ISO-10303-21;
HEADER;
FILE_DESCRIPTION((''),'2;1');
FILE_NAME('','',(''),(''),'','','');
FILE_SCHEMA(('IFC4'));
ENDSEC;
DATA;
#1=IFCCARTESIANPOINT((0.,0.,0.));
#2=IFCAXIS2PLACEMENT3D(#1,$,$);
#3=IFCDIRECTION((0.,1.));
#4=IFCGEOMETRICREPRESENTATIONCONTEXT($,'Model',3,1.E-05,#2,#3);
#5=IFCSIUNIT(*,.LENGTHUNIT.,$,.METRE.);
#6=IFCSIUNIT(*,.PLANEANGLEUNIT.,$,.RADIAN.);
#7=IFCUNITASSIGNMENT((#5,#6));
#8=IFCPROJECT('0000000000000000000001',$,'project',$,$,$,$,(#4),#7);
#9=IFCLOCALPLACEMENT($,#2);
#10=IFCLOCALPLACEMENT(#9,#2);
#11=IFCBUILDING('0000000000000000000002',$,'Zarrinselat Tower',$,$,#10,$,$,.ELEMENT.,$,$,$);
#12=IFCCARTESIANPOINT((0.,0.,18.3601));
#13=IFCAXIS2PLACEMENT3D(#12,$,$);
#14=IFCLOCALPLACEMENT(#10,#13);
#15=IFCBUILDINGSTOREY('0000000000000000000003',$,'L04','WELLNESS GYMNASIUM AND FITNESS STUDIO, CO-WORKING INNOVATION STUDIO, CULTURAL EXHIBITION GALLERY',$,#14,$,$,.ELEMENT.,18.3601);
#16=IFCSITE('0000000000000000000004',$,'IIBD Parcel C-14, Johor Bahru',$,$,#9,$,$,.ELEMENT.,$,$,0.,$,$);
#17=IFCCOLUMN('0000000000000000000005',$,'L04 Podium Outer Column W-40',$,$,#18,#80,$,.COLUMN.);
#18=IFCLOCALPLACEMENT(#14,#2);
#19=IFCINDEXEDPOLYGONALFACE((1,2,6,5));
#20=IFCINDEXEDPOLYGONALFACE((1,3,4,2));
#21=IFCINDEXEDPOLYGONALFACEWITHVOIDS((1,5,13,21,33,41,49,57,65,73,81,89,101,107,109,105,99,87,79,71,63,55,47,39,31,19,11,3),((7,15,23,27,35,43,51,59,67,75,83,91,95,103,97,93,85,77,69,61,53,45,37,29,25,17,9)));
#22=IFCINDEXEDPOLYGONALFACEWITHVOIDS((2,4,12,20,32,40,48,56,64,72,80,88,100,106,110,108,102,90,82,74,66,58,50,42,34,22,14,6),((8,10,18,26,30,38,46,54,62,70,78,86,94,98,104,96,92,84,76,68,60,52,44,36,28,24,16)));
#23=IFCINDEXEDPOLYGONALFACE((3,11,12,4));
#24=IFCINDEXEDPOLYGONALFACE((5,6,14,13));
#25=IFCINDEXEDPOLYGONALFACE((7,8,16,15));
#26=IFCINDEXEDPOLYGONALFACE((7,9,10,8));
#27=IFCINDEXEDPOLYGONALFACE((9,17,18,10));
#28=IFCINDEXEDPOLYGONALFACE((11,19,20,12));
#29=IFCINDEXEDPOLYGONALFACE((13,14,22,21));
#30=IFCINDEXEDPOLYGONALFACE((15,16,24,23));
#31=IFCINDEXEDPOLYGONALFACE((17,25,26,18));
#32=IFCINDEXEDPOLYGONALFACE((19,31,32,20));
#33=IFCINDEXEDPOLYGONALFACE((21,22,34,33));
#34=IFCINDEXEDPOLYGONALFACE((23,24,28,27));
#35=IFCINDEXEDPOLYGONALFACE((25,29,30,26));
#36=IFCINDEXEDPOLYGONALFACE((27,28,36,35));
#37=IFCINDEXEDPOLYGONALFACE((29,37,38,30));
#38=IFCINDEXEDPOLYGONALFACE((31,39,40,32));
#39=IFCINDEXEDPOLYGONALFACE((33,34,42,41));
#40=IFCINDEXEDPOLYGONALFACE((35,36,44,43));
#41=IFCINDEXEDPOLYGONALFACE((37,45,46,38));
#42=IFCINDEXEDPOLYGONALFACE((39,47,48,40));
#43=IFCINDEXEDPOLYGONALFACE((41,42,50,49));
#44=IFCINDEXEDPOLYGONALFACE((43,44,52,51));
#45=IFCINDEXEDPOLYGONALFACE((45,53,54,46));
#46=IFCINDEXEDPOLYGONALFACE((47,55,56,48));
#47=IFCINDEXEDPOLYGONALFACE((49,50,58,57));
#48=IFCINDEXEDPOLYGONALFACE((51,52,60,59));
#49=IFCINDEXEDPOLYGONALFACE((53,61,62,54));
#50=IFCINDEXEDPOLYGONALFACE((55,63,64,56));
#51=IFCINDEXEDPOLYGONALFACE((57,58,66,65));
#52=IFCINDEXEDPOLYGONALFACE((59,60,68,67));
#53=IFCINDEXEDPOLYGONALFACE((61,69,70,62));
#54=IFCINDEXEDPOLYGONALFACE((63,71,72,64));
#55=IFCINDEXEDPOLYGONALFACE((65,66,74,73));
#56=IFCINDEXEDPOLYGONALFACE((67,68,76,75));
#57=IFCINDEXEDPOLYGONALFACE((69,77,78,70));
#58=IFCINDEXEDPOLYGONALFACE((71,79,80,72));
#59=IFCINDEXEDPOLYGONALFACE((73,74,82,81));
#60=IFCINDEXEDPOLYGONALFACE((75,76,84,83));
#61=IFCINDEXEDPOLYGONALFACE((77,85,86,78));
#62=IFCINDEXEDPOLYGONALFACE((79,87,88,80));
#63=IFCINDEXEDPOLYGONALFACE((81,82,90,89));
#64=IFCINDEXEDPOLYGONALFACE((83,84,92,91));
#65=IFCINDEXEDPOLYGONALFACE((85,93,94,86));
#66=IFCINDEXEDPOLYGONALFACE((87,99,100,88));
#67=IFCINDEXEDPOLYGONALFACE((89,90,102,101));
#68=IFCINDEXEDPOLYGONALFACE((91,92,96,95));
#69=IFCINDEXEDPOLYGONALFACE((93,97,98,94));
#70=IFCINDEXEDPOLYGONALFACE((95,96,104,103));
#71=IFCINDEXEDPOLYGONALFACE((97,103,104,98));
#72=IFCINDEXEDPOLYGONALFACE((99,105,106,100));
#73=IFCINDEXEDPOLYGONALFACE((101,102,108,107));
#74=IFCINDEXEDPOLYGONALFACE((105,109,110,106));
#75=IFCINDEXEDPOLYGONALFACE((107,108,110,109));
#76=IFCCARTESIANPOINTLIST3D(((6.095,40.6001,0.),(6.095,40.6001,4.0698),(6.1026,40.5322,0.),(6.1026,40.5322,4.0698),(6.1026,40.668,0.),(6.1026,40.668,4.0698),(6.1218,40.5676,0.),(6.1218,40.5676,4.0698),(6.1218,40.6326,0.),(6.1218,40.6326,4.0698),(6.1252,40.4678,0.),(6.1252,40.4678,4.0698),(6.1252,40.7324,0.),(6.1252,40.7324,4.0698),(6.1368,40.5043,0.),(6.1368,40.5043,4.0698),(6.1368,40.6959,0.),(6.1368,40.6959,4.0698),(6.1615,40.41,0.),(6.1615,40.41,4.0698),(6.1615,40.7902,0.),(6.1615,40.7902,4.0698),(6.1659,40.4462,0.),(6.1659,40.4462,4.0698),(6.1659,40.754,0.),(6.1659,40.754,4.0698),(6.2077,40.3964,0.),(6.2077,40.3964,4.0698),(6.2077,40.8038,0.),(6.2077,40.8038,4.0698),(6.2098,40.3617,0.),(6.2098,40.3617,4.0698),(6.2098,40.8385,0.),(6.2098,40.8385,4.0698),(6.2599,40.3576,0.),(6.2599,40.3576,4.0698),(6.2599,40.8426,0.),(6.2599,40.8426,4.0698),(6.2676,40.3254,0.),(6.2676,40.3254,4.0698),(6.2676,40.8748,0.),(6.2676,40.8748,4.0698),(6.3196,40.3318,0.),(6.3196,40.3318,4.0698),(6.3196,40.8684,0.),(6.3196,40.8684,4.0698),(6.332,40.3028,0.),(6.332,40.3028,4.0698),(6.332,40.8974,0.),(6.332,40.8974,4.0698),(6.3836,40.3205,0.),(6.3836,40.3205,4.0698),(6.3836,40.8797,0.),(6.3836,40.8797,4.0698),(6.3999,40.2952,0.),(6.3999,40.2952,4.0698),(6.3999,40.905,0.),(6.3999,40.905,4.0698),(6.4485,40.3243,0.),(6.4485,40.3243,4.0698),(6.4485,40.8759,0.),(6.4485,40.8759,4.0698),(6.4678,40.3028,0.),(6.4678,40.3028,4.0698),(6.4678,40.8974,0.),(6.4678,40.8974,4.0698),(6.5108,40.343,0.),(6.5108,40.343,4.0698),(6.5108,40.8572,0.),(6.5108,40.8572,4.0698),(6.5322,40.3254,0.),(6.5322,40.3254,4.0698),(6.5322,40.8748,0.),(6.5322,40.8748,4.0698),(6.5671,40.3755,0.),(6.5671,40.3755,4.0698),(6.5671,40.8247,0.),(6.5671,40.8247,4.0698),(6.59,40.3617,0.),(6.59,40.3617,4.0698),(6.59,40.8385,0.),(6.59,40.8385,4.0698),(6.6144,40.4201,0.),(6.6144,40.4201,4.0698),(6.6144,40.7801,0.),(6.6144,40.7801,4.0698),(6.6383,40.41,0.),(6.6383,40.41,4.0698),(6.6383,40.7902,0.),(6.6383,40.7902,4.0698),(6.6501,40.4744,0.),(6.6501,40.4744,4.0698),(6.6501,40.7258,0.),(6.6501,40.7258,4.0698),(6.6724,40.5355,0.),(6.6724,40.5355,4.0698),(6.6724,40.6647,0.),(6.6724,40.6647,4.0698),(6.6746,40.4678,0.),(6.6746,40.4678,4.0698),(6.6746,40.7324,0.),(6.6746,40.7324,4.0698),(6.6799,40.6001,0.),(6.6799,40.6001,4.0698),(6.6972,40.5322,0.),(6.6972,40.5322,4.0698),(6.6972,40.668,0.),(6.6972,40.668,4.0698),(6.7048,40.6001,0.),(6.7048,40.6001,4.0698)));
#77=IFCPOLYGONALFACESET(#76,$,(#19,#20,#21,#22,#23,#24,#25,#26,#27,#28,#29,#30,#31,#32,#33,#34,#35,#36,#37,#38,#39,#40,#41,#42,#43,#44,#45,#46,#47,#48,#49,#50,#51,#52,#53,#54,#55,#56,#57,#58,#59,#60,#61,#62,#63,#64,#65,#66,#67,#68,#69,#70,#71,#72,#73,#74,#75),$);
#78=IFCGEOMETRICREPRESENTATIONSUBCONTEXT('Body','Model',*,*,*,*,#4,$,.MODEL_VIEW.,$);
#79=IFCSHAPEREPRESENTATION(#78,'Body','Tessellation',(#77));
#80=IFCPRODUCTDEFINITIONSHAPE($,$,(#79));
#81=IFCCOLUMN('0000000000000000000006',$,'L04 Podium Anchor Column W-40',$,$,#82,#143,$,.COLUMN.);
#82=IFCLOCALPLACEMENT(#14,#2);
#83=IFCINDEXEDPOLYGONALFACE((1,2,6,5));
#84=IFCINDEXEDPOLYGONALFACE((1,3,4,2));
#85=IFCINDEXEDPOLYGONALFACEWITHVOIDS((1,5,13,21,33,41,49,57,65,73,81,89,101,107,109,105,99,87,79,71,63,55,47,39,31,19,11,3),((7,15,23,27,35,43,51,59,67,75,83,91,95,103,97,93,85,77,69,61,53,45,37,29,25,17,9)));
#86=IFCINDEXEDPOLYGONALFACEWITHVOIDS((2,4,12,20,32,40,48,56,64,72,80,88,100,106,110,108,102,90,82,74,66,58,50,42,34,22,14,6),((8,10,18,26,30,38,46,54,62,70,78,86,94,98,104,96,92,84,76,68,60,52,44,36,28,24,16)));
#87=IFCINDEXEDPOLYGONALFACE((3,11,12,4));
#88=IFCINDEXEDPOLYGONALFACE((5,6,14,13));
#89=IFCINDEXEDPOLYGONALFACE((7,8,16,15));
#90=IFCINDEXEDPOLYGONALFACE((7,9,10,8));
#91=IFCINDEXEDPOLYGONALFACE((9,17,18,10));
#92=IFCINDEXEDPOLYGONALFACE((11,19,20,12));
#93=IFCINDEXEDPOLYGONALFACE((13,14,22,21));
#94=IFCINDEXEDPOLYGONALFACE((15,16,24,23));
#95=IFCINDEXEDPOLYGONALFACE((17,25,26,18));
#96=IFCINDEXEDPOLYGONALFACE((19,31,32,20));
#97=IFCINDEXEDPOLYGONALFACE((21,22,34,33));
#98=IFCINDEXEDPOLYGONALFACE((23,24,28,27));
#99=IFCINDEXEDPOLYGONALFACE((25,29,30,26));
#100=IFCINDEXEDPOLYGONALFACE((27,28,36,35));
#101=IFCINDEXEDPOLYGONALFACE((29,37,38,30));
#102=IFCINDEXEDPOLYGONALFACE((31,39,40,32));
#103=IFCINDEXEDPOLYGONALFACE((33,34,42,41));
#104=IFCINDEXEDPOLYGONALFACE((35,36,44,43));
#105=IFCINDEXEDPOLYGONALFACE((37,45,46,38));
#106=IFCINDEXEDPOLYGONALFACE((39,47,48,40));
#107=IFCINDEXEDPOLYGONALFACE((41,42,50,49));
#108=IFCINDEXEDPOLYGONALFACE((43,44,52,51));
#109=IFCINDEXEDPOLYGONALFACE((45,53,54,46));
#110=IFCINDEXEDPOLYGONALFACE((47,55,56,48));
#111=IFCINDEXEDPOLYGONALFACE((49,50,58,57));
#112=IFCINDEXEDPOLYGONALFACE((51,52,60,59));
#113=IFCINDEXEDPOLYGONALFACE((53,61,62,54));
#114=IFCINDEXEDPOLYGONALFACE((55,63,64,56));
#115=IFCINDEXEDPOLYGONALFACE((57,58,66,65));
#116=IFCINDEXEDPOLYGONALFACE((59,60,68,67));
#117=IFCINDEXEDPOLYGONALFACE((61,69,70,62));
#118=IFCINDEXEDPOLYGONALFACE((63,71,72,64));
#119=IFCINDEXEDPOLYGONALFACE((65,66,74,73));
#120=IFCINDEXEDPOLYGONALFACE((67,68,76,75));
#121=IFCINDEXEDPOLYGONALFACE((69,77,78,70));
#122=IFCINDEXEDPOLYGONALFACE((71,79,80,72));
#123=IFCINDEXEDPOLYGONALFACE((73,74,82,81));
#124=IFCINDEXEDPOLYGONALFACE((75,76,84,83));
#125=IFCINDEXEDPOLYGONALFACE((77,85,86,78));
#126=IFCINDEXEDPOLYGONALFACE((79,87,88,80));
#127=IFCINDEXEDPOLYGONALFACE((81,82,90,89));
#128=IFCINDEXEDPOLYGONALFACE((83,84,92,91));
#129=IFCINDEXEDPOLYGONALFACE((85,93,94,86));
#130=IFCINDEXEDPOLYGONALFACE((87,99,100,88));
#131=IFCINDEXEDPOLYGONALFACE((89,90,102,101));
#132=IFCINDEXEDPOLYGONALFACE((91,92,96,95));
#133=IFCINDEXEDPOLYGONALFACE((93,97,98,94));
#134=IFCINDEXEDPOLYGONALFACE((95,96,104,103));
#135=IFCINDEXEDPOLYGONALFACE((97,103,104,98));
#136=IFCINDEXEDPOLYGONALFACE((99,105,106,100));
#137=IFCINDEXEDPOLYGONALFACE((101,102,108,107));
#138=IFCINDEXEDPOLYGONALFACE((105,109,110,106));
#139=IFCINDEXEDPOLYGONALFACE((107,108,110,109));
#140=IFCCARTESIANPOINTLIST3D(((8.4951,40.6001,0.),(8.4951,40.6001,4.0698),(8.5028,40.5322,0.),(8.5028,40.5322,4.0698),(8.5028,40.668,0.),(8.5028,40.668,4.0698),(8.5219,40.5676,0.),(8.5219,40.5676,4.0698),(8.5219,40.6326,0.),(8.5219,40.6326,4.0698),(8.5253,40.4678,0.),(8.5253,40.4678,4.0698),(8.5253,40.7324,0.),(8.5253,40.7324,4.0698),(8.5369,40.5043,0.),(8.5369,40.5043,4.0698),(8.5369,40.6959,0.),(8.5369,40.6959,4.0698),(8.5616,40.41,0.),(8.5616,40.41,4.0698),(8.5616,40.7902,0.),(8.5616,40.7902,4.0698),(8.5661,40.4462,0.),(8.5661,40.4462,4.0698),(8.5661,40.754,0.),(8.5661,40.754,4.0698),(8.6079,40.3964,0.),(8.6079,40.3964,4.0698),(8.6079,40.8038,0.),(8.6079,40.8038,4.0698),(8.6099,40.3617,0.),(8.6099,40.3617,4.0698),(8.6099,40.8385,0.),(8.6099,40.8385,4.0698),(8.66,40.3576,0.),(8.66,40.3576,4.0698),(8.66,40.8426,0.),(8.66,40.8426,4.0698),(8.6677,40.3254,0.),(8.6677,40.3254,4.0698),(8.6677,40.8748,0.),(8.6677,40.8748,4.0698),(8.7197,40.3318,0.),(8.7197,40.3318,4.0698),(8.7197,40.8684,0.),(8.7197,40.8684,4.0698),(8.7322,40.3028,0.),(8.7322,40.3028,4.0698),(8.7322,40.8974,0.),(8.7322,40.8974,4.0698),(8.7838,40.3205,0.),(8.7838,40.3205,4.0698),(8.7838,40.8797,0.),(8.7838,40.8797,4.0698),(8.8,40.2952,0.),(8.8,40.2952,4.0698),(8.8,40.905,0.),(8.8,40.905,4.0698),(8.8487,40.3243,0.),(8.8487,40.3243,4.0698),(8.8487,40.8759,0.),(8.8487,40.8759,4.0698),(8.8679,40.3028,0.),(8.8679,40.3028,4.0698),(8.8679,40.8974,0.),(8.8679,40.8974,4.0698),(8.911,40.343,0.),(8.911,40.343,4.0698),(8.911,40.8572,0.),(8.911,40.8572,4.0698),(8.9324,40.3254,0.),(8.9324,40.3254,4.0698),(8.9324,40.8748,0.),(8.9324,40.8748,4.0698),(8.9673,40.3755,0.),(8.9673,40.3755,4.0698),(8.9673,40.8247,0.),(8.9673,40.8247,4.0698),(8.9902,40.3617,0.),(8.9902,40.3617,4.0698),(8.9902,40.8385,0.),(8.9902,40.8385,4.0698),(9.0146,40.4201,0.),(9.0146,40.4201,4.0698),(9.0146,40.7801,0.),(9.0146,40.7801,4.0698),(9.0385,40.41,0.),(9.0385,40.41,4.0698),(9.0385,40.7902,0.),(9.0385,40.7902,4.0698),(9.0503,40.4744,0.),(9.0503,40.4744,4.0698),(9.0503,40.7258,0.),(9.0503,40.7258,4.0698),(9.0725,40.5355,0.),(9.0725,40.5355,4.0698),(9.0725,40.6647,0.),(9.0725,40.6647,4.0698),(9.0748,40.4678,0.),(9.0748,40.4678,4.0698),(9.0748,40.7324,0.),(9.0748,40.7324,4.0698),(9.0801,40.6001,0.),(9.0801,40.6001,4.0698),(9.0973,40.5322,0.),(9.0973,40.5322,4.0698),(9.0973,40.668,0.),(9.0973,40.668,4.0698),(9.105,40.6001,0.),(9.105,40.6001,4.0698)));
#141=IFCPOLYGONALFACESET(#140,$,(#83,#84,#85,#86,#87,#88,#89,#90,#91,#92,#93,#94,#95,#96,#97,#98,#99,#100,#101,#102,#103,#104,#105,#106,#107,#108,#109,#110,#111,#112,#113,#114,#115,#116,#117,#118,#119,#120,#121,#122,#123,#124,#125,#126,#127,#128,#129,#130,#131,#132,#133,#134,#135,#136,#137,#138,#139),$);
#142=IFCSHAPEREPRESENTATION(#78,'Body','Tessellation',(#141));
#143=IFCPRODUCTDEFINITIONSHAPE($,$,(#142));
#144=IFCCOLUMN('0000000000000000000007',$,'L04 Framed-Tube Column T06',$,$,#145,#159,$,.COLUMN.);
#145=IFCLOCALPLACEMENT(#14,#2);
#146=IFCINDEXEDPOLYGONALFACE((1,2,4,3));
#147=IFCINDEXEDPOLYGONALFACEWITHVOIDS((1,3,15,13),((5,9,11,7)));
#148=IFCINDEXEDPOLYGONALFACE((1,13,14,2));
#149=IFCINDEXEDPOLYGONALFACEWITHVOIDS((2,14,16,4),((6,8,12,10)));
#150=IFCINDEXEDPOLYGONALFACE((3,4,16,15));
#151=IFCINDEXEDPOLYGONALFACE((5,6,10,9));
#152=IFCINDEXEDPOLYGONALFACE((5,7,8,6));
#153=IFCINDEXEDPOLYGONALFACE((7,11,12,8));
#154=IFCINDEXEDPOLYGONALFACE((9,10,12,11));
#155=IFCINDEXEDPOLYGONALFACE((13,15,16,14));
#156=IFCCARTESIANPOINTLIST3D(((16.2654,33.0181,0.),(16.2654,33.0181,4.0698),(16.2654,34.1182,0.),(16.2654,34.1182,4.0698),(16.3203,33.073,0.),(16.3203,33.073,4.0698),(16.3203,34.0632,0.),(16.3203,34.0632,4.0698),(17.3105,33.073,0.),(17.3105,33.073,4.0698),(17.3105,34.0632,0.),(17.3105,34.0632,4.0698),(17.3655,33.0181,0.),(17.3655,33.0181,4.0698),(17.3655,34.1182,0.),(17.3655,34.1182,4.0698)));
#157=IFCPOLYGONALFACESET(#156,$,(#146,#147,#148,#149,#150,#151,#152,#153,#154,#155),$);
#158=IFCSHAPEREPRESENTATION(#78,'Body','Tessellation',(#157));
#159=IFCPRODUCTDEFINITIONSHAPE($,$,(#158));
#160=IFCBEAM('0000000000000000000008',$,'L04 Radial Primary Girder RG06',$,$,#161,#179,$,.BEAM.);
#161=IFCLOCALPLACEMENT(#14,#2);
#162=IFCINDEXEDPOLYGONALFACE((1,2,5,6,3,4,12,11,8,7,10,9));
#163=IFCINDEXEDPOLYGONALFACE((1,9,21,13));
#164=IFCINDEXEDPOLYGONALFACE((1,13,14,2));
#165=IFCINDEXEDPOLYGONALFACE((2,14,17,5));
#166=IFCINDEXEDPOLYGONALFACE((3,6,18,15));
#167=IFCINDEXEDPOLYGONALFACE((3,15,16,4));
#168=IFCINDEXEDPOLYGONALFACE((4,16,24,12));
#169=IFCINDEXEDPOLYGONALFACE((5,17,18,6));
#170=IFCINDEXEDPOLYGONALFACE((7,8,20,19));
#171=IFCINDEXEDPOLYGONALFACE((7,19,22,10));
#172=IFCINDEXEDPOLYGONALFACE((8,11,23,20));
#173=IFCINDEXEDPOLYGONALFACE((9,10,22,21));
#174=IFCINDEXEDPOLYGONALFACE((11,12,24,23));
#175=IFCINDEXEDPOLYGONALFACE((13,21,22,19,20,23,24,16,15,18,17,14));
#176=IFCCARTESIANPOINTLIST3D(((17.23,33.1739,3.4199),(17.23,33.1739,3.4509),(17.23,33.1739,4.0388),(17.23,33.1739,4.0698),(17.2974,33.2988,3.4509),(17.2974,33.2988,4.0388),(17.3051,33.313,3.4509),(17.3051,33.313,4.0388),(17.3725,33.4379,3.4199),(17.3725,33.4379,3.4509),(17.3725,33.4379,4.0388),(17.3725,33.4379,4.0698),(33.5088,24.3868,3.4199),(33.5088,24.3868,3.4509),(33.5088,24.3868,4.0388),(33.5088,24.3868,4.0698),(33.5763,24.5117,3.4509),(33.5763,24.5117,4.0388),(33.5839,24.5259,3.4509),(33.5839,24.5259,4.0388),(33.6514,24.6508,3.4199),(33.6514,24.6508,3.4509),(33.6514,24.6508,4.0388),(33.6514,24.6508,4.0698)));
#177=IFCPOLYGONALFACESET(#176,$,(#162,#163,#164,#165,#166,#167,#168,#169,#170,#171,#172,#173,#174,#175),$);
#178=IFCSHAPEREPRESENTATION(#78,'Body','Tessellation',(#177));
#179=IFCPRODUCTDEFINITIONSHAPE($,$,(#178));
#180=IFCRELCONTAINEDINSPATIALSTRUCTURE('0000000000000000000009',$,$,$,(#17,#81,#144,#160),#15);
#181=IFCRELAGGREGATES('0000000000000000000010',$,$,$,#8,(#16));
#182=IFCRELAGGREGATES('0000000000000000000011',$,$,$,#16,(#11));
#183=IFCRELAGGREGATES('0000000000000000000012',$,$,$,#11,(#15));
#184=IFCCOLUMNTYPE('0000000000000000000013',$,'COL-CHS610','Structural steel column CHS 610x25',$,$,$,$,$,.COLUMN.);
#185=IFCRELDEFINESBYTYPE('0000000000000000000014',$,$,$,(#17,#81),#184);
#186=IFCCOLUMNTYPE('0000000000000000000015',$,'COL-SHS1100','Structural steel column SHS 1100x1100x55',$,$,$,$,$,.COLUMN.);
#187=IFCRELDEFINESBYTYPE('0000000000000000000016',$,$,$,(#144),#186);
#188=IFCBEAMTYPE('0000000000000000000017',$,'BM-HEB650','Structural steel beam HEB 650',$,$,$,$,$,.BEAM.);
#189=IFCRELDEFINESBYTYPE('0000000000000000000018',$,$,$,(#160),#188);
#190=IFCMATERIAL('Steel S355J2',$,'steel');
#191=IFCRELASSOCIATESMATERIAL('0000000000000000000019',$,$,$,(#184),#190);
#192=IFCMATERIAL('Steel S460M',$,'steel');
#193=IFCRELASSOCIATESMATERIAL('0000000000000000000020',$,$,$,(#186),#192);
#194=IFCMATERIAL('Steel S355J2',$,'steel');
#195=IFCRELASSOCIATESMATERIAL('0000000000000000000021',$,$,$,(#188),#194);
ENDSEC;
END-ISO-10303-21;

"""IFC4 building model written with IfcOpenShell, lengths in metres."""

from ifc_helpers import new_model, si_unit, direction, frame, origin, origin_2d, place, context, subcontext, project, spatial, hollow_rectangle, hollow_circle, i_section, extrude, material, material_profile, profile_set, type_object, element, save


model = new_model("IFC4")

# Units and contexts
model_context = context("Model", 3, precision=1e-05, world=origin(), true_north=direction((0.0, 1.0)))
body_context = subcontext(model_context, "Body", "Model", "MODEL_VIEW")
ifc_project = project(units=[si_unit("LENGTHUNIT", "METRE"), si_unit("PLANEANGLEUNIT", "RADIAN")], contexts=[model_context])

# Site, building, storey
site_placement = place(None, origin())
site = spatial("IfcSite", under=ifc_project, at=site_placement, Name="IIBD Parcel C-14, Johor Bahru", CompositionType="ELEMENT", RefElevation=0.0)
building_placement = place(site_placement, origin())
building = spatial("IfcBuilding", under=site, at=building_placement, Name="Zarrinselat Tower", CompositionType="ELEMENT")
storey_placement = place(building_placement, frame((0.0, 0.0, 18.3601)))
storey = spatial("IfcBuildingStorey", under=building, at=storey_placement, Name="L04", Description="WELLNESS GYMNASIUM AND FITNESS STUDIO, CO-WORKING INNOVATION STUDIO, CULTURAL EXHIBITION GALLERY", CompositionType="ELEMENT", Elevation=18.3601)

# Columns
ifc_material_1 = material(Name="Steel S355J2", Category="steel")
ifc_material_profile_1 = material_profile(ifc_material_1, hollow_circle(Radius=0.3049, WallThickness=0.0249, at=origin_2d()), Name="CHS 610x25")
ifc_profile_set_1 = profile_set([ifc_material_profile_1], Name="Steel S355J2")
column_type_1 = type_object("IfcColumnType", Name="COL-CHS610", Description="Structural steel column CHS 610x25", PredefinedType="COLUMN", material=ifc_profile_set_1)
for number, where, z_axis, x_axis, name in (
    (1, (6.3999, 40.6001, 0.0), (0.0, 0.0, 1.0), (1.0, 0.0, 0.0), "L04 Podium Outer Column W-40"),
    (2, (8.8, 40.6001, 0.0), (0.0, 0.0, 1.0), (1.0, 0.0, 0.0), "L04 Podium Anchor Column W-40"),
):
    element("IfcColumn", number, at=place(storey_placement, frame(where, z_axis=z_axis, x_axis=x_axis)), inside=storey, type_object=column_type_1, Name=name, PredefinedType="COLUMN", context=body_context, shape_type="SweptSolid", body=[
        extrude(hollow_circle(Radius=0.3049, WallThickness=0.0249, at=origin_2d()), origin(), (0.0, 0.0, 1.0), 4.0698),
    ])
ifc_material_2 = material(Name="Steel S460M", Category="steel")
ifc_material_profile_2 = material_profile(ifc_material_2, hollow_rectangle(XDim=1.1001, YDim=1.1001, WallThickness=0.0549, at=origin_2d()), Name="SHS 1100x1100x55")
ifc_profile_set_2 = profile_set([ifc_material_profile_2], Name="Steel S460M")
column_type_2 = type_object("IfcColumnType", Name="COL-SHS1100", Description="Structural steel column SHS 1100x1100x55", PredefinedType="COLUMN", material=ifc_profile_set_2)
column_placement = place(storey_placement, frame((16.8154, 33.5681, 0.0), z_axis=(0.0, 0.0, 1.0), x_axis=(1.0, 0.0, 0.0)))
element("IfcColumn", 3, at=column_placement, inside=storey, type_object=column_type_2, Name="L04 Framed-Tube Column T06", PredefinedType="COLUMN", context=body_context, shape_type="SweptSolid", body=[
    extrude(hollow_rectangle(XDim=1.1001, YDim=1.1001, WallThickness=0.0549, at=origin_2d()), origin(), (0.0, 0.0, 1.0), 4.0698),
])

# Beam
ifc_material_3 = material(Name="Steel S355J2", Category="steel")
ifc_material_profile_3 = material_profile(ifc_material_3, i_section(OverallWidth=0.3, OverallDepth=0.6499, WebThickness=0.0161, FlangeThickness=0.031, at=origin_2d()), Name="HEB 650")
ifc_profile_set_3 = profile_set([ifc_material_profile_3], Name="Steel S355J2")
beam_type_1 = type_object("IfcBeamType", Name="BM-HEB650", Description="Structural steel beam HEB 650", PredefinedType="BEAM", material=ifc_profile_set_3)
beam_1_placement = place(storey_placement, frame((17.3013, 33.3059, 3.7449), z_axis=(0.879983, -0.475005, 0.0), x_axis=(0.475005, 0.879983, 0.0)))
element("IfcBeam", 4, at=beam_1_placement, inside=storey, type_object=beam_type_1, Name="L04 Radial Primary Girder RG06", PredefinedType="BEAM", context=body_context, shape_type="SweptSolid", body=[
    extrude(i_section(OverallWidth=0.3, OverallDepth=0.6499, WebThickness=0.0161, FlangeThickness=0.031, at=origin_2d()), origin(), (0.0, 0.0, 1.0), 18.499),
])

save(model, "model.ifc")
